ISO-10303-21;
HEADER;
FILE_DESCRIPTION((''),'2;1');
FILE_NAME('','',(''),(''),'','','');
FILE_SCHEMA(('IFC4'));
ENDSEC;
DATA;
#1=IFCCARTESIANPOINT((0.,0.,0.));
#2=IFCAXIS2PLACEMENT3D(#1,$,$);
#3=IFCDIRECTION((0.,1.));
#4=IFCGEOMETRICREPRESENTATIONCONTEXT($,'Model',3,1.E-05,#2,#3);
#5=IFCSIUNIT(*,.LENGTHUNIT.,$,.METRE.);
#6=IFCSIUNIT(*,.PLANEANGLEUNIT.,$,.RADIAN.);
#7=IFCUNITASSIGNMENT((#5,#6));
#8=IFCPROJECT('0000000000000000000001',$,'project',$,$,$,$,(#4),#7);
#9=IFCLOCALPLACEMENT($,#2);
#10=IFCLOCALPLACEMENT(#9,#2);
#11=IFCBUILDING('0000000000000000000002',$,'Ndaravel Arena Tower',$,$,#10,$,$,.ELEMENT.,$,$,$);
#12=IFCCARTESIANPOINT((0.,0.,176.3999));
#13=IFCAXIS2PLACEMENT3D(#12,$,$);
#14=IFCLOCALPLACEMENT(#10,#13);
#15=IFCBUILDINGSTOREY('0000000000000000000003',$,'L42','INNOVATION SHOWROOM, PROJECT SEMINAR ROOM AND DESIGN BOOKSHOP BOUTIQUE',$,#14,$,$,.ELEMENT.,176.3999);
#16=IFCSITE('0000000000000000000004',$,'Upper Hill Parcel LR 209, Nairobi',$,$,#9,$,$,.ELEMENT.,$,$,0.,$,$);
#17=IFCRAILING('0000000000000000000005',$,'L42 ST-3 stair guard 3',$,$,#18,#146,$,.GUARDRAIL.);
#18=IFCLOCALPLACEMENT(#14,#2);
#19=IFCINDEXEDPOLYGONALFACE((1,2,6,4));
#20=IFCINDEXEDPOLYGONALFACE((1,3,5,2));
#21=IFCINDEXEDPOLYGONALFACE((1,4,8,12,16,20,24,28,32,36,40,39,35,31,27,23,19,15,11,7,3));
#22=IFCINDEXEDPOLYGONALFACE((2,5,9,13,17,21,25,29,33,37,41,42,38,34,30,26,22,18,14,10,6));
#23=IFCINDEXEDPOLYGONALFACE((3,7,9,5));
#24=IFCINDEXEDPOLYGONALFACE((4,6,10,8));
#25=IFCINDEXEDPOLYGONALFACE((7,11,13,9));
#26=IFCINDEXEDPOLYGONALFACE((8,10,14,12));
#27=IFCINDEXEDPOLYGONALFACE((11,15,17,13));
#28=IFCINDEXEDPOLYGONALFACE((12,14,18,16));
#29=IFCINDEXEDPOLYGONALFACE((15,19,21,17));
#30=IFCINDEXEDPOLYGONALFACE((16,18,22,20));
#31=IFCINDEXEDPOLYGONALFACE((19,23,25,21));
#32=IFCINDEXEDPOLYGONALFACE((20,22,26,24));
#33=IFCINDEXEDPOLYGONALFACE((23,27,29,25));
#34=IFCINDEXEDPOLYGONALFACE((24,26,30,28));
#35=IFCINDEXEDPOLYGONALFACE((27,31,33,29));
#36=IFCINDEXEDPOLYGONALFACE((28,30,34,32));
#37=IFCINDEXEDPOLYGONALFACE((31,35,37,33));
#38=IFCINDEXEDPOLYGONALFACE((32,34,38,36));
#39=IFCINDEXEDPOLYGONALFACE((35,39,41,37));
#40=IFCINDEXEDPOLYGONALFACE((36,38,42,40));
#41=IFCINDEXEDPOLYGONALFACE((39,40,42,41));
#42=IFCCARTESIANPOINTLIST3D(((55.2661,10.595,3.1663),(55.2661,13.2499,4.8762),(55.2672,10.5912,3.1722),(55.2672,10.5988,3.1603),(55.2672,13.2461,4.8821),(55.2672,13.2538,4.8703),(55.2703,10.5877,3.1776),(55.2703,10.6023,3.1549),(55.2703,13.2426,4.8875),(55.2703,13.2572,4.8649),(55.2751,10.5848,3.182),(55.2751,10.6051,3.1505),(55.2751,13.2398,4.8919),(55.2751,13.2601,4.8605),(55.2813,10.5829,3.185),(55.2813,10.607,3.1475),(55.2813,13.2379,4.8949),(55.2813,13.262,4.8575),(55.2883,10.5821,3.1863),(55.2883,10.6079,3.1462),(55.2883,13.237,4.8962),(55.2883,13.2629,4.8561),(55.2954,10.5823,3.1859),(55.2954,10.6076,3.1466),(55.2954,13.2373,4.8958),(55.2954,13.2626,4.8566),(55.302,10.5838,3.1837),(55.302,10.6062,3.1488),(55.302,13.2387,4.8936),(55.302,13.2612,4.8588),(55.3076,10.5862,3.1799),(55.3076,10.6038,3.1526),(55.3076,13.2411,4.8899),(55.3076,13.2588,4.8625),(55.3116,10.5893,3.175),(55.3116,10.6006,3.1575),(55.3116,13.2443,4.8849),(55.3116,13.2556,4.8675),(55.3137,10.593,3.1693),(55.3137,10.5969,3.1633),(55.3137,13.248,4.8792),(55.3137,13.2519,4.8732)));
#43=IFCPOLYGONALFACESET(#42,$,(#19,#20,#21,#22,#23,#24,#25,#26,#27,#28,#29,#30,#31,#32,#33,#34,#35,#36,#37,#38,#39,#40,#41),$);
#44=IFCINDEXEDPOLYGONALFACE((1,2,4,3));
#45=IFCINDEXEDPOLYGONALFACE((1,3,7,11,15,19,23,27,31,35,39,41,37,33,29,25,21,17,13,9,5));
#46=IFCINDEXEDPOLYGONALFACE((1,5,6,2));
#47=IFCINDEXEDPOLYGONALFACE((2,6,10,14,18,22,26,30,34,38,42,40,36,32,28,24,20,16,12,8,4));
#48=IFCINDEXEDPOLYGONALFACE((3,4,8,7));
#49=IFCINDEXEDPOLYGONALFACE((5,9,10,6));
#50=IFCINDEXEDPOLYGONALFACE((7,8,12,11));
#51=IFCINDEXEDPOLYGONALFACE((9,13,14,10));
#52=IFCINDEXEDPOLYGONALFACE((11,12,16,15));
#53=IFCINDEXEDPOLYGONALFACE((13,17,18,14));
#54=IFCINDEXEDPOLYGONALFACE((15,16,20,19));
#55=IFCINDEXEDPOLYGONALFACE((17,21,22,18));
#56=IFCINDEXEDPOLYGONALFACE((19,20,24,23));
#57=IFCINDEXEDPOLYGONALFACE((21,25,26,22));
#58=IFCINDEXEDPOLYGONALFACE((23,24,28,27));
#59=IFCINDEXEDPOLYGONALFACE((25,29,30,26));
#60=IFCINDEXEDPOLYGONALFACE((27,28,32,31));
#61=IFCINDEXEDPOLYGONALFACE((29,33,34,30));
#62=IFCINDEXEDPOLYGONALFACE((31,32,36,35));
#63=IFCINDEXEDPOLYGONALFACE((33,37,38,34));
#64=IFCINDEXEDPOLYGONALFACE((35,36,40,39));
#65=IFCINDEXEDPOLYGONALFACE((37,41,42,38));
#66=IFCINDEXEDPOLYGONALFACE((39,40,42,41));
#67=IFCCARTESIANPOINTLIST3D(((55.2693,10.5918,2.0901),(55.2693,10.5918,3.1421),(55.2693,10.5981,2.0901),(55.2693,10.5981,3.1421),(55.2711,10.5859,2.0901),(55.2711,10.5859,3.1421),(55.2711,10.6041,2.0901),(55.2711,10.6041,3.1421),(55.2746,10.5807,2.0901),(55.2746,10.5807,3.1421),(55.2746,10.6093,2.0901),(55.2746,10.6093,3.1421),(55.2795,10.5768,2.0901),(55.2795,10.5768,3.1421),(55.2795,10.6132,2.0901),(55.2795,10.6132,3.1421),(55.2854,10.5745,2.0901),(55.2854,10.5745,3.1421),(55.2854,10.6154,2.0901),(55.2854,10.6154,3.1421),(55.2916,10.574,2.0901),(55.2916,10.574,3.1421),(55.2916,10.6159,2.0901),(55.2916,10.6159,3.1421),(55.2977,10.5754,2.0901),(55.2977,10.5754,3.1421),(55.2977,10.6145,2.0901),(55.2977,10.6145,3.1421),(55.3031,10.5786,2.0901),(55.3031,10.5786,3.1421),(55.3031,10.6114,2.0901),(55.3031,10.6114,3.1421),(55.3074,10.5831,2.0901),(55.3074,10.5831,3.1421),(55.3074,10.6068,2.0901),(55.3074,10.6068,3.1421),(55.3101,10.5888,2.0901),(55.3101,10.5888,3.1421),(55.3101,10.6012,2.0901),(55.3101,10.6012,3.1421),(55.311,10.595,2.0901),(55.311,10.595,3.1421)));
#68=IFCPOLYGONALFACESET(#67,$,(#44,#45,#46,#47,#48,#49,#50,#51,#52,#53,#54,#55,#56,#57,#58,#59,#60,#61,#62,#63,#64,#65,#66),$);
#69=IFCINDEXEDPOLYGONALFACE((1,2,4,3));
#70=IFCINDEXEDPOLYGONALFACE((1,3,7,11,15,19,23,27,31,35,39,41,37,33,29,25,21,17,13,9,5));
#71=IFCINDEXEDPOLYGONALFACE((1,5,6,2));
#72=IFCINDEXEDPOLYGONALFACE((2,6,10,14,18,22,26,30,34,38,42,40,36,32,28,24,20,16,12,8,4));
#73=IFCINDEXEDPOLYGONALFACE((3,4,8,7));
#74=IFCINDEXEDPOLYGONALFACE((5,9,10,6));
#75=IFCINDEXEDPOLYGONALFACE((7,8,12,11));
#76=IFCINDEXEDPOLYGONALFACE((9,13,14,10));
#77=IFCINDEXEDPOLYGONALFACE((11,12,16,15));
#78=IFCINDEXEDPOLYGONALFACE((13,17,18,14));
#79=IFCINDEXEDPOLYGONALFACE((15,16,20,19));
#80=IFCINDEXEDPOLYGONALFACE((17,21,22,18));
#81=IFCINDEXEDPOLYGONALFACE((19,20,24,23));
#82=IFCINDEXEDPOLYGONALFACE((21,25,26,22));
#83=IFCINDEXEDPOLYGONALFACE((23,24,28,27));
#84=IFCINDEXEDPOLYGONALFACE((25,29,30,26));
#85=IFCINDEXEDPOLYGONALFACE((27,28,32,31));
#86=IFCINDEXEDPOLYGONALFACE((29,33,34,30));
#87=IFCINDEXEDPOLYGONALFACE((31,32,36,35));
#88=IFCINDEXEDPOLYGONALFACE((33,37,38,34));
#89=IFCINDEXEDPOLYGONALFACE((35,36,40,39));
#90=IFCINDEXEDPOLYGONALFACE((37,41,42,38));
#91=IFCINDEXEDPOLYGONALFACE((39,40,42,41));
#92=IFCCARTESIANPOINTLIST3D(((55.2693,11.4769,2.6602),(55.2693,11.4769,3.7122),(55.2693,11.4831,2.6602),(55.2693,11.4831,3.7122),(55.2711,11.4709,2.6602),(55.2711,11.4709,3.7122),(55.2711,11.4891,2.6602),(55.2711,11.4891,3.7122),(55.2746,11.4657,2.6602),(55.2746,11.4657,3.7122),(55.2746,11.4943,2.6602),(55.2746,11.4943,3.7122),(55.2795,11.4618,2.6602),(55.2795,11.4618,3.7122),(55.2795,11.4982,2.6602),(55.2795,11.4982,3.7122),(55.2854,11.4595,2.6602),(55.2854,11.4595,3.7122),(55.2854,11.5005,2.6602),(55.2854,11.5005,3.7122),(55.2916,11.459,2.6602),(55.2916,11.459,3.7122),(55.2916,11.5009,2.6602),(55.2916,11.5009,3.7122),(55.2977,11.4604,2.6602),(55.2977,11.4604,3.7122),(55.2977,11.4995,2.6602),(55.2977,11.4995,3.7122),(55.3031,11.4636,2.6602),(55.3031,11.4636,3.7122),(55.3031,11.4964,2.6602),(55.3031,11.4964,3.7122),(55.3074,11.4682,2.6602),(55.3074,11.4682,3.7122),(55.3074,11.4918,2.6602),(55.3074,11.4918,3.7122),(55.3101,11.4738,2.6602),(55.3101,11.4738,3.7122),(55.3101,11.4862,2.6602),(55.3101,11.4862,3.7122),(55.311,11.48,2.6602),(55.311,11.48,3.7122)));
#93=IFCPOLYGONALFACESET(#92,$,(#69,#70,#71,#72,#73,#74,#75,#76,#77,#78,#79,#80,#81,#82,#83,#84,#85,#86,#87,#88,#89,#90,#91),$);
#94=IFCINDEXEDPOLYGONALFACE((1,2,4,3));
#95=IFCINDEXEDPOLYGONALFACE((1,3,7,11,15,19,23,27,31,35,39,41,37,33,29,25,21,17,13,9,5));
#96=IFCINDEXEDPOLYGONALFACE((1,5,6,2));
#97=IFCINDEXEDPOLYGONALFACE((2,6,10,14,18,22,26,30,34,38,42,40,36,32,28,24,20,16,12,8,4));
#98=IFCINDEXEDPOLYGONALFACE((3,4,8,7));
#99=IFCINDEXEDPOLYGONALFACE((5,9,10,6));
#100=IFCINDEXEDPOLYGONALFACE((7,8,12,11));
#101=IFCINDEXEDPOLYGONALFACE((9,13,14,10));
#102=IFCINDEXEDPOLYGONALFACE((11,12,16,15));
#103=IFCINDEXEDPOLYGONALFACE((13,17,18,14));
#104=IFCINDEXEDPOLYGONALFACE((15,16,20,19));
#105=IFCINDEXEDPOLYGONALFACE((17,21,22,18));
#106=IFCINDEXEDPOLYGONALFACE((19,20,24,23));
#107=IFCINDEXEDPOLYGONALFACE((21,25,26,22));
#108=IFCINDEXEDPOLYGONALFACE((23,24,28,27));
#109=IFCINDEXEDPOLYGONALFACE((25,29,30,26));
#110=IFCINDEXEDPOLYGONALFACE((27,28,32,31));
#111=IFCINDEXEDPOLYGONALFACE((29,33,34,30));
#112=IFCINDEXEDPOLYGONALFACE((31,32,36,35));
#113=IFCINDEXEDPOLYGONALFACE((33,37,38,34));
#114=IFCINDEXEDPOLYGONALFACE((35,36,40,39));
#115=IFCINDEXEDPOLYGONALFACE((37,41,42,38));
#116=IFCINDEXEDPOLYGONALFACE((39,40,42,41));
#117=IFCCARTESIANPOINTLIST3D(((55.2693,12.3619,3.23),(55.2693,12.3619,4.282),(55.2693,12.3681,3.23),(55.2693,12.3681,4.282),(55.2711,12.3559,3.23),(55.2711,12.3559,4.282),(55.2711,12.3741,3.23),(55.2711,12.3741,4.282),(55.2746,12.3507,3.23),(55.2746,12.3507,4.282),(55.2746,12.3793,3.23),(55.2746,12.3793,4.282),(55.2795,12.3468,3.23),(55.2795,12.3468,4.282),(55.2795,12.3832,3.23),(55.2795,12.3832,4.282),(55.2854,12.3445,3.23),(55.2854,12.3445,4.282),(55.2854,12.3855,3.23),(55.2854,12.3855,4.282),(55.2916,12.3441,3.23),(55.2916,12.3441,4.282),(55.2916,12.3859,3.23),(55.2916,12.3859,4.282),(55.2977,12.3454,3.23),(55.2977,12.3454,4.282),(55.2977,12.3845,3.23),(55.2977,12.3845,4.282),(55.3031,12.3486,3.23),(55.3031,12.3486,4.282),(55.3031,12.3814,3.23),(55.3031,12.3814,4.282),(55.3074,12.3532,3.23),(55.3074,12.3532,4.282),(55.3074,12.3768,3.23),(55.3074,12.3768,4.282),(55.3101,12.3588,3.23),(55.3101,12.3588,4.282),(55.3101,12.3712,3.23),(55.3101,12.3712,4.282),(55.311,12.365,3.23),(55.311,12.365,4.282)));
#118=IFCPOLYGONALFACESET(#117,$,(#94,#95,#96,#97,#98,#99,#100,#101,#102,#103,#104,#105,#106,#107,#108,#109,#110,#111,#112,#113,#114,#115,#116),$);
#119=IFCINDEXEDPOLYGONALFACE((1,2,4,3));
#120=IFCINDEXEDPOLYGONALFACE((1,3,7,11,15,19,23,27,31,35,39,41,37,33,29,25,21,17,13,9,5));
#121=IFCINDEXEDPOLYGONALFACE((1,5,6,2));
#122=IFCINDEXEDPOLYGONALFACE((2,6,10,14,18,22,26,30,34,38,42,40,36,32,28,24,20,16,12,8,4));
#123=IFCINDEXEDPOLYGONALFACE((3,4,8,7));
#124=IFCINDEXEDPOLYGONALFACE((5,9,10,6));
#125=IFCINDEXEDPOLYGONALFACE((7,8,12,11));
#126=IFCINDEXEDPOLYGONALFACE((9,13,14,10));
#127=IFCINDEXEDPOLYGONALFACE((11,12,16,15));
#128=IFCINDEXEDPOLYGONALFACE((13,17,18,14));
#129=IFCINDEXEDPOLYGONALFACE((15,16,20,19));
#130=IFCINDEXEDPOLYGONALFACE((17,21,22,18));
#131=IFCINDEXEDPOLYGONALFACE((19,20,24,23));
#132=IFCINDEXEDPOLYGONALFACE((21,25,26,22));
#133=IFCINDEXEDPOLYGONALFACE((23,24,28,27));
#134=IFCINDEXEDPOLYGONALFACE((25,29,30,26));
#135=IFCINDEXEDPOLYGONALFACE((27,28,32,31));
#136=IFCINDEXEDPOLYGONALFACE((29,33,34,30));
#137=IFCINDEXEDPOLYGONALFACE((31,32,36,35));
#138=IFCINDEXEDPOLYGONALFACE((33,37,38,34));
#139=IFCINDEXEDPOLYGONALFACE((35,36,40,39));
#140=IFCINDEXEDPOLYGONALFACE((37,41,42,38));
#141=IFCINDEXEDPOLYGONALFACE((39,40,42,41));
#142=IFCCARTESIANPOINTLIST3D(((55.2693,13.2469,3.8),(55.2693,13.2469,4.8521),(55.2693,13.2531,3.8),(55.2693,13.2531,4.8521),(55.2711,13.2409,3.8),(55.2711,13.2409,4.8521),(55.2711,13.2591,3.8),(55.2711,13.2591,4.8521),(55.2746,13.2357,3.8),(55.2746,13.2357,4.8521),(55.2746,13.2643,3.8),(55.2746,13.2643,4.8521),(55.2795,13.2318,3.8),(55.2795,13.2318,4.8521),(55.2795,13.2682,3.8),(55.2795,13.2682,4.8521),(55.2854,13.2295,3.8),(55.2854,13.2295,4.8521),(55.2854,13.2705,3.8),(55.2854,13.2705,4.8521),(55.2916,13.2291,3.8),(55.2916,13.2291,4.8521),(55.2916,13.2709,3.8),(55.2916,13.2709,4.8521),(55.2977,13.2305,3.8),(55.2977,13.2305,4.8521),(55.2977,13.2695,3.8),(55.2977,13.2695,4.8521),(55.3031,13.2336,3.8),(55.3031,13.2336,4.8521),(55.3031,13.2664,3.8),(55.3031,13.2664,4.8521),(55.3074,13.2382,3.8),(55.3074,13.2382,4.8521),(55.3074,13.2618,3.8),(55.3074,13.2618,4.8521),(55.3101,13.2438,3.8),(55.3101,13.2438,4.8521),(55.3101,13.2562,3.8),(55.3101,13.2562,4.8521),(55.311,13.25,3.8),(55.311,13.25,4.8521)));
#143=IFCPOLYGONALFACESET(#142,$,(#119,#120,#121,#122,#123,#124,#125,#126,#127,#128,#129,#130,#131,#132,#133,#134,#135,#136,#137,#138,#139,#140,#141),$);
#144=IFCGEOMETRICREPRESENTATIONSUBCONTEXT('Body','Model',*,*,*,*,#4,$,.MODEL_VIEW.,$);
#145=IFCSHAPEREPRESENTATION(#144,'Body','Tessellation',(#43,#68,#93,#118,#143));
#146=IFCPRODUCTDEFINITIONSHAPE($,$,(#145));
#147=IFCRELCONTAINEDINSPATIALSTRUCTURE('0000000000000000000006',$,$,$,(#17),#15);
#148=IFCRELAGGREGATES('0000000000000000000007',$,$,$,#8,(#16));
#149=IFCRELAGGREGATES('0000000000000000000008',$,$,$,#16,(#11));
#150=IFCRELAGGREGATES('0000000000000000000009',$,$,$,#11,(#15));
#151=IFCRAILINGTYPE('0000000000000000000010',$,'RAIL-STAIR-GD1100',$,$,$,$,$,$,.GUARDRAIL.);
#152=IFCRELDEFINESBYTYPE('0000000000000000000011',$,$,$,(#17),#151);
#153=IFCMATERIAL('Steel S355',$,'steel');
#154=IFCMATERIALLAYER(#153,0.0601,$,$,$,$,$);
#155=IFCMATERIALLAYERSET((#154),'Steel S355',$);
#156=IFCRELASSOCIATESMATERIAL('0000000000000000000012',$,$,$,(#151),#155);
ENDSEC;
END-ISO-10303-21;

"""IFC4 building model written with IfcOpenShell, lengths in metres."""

from ifc_helpers import new_model, si_unit, direction, frame, origin, origin_2d, place, context, subcontext, project, spatial, circle, extrude, material, layer, layer_set, type_object, element, save


model = new_model("IFC4")

# Units and contexts
model_context = context("Model", 3, precision=1e-05, world=origin(), true_north=direction((0.0, 1.0)))
body_context = subcontext(model_context, "Body", "Model", "MODEL_VIEW")
ifc_project = project(units=[si_unit("LENGTHUNIT", "METRE"), si_unit("PLANEANGLEUNIT", "RADIAN")], contexts=[model_context])

# Site, building, storey
site_placement = place(None, origin())
site = spatial("IfcSite", under=ifc_project, at=site_placement, Name="Upper Hill Parcel LR 209, Nairobi", CompositionType="ELEMENT", RefElevation=0.0)
building_placement = place(site_placement, origin())
building = spatial("IfcBuilding", under=site, at=building_placement, Name="Ndaravel Arena Tower", CompositionType="ELEMENT")
storey_placement = place(building_placement, frame((0.0, 0.0, 176.3999)))
storey = spatial("IfcBuildingStorey", under=building, at=storey_placement, Name="L42", Description="INNOVATION SHOWROOM, PROJECT SEMINAR ROOM AND DESIGN BOOKSHOP BOUTIQUE", CompositionType="ELEMENT", Elevation=176.3999)

# Railing
ifc_material_1 = material(Name="Steel S355", Category="steel")
ifc_layer_1 = layer(ifc_material_1, 0.0601)
ifc_layer_set_1 = layer_set([ifc_layer_1], Name="Steel S355")
railing_type_1 = type_object("IfcRailingType", Name="RAIL-STAIR-GD1100", PredefinedType="GUARDRAIL", material=ifc_layer_set_1)
railing_1_placement = place(storey_placement, frame((55.29, 10.595, 2.0901)))
element("IfcRailing", 1, at=railing_1_placement, inside=storey, type_object=railing_type_1, Name="L42 ST-3 stair guard 3", PredefinedType="GUARDRAIL", context=body_context, shape_type="SweptSolid", body=[
    extrude(circle(Radius=0.0239, at=origin_2d()), frame((0.0, 0.0, 1.0762), z_axis=(0.0, 0.840724, 0.541465), x_axis=(-1.0, 0.0, 0.0)), (0.0, 0.0, 1.0), 3.158),
    extrude(circle(Radius=0.021, at=origin_2d()), origin(), (0.0, 0.0, 1.0), 1.052),
    extrude(circle(Radius=0.021, at=origin_2d()), frame((0.0, 0.885, 0.5701)), (0.0, 0.0, 1.0), 1.052),
    extrude(circle(Radius=0.021, at=origin_2d()), frame((0.0, 1.77, 1.1399)), (0.0, 0.0, 1.0), 1.052),
    extrude(circle(Radius=0.021, at=origin_2d()), frame((0.0, 2.655, 1.71)), (0.0, 0.0, 1.0), 1.052),
])

save(model, "model.ifc")
